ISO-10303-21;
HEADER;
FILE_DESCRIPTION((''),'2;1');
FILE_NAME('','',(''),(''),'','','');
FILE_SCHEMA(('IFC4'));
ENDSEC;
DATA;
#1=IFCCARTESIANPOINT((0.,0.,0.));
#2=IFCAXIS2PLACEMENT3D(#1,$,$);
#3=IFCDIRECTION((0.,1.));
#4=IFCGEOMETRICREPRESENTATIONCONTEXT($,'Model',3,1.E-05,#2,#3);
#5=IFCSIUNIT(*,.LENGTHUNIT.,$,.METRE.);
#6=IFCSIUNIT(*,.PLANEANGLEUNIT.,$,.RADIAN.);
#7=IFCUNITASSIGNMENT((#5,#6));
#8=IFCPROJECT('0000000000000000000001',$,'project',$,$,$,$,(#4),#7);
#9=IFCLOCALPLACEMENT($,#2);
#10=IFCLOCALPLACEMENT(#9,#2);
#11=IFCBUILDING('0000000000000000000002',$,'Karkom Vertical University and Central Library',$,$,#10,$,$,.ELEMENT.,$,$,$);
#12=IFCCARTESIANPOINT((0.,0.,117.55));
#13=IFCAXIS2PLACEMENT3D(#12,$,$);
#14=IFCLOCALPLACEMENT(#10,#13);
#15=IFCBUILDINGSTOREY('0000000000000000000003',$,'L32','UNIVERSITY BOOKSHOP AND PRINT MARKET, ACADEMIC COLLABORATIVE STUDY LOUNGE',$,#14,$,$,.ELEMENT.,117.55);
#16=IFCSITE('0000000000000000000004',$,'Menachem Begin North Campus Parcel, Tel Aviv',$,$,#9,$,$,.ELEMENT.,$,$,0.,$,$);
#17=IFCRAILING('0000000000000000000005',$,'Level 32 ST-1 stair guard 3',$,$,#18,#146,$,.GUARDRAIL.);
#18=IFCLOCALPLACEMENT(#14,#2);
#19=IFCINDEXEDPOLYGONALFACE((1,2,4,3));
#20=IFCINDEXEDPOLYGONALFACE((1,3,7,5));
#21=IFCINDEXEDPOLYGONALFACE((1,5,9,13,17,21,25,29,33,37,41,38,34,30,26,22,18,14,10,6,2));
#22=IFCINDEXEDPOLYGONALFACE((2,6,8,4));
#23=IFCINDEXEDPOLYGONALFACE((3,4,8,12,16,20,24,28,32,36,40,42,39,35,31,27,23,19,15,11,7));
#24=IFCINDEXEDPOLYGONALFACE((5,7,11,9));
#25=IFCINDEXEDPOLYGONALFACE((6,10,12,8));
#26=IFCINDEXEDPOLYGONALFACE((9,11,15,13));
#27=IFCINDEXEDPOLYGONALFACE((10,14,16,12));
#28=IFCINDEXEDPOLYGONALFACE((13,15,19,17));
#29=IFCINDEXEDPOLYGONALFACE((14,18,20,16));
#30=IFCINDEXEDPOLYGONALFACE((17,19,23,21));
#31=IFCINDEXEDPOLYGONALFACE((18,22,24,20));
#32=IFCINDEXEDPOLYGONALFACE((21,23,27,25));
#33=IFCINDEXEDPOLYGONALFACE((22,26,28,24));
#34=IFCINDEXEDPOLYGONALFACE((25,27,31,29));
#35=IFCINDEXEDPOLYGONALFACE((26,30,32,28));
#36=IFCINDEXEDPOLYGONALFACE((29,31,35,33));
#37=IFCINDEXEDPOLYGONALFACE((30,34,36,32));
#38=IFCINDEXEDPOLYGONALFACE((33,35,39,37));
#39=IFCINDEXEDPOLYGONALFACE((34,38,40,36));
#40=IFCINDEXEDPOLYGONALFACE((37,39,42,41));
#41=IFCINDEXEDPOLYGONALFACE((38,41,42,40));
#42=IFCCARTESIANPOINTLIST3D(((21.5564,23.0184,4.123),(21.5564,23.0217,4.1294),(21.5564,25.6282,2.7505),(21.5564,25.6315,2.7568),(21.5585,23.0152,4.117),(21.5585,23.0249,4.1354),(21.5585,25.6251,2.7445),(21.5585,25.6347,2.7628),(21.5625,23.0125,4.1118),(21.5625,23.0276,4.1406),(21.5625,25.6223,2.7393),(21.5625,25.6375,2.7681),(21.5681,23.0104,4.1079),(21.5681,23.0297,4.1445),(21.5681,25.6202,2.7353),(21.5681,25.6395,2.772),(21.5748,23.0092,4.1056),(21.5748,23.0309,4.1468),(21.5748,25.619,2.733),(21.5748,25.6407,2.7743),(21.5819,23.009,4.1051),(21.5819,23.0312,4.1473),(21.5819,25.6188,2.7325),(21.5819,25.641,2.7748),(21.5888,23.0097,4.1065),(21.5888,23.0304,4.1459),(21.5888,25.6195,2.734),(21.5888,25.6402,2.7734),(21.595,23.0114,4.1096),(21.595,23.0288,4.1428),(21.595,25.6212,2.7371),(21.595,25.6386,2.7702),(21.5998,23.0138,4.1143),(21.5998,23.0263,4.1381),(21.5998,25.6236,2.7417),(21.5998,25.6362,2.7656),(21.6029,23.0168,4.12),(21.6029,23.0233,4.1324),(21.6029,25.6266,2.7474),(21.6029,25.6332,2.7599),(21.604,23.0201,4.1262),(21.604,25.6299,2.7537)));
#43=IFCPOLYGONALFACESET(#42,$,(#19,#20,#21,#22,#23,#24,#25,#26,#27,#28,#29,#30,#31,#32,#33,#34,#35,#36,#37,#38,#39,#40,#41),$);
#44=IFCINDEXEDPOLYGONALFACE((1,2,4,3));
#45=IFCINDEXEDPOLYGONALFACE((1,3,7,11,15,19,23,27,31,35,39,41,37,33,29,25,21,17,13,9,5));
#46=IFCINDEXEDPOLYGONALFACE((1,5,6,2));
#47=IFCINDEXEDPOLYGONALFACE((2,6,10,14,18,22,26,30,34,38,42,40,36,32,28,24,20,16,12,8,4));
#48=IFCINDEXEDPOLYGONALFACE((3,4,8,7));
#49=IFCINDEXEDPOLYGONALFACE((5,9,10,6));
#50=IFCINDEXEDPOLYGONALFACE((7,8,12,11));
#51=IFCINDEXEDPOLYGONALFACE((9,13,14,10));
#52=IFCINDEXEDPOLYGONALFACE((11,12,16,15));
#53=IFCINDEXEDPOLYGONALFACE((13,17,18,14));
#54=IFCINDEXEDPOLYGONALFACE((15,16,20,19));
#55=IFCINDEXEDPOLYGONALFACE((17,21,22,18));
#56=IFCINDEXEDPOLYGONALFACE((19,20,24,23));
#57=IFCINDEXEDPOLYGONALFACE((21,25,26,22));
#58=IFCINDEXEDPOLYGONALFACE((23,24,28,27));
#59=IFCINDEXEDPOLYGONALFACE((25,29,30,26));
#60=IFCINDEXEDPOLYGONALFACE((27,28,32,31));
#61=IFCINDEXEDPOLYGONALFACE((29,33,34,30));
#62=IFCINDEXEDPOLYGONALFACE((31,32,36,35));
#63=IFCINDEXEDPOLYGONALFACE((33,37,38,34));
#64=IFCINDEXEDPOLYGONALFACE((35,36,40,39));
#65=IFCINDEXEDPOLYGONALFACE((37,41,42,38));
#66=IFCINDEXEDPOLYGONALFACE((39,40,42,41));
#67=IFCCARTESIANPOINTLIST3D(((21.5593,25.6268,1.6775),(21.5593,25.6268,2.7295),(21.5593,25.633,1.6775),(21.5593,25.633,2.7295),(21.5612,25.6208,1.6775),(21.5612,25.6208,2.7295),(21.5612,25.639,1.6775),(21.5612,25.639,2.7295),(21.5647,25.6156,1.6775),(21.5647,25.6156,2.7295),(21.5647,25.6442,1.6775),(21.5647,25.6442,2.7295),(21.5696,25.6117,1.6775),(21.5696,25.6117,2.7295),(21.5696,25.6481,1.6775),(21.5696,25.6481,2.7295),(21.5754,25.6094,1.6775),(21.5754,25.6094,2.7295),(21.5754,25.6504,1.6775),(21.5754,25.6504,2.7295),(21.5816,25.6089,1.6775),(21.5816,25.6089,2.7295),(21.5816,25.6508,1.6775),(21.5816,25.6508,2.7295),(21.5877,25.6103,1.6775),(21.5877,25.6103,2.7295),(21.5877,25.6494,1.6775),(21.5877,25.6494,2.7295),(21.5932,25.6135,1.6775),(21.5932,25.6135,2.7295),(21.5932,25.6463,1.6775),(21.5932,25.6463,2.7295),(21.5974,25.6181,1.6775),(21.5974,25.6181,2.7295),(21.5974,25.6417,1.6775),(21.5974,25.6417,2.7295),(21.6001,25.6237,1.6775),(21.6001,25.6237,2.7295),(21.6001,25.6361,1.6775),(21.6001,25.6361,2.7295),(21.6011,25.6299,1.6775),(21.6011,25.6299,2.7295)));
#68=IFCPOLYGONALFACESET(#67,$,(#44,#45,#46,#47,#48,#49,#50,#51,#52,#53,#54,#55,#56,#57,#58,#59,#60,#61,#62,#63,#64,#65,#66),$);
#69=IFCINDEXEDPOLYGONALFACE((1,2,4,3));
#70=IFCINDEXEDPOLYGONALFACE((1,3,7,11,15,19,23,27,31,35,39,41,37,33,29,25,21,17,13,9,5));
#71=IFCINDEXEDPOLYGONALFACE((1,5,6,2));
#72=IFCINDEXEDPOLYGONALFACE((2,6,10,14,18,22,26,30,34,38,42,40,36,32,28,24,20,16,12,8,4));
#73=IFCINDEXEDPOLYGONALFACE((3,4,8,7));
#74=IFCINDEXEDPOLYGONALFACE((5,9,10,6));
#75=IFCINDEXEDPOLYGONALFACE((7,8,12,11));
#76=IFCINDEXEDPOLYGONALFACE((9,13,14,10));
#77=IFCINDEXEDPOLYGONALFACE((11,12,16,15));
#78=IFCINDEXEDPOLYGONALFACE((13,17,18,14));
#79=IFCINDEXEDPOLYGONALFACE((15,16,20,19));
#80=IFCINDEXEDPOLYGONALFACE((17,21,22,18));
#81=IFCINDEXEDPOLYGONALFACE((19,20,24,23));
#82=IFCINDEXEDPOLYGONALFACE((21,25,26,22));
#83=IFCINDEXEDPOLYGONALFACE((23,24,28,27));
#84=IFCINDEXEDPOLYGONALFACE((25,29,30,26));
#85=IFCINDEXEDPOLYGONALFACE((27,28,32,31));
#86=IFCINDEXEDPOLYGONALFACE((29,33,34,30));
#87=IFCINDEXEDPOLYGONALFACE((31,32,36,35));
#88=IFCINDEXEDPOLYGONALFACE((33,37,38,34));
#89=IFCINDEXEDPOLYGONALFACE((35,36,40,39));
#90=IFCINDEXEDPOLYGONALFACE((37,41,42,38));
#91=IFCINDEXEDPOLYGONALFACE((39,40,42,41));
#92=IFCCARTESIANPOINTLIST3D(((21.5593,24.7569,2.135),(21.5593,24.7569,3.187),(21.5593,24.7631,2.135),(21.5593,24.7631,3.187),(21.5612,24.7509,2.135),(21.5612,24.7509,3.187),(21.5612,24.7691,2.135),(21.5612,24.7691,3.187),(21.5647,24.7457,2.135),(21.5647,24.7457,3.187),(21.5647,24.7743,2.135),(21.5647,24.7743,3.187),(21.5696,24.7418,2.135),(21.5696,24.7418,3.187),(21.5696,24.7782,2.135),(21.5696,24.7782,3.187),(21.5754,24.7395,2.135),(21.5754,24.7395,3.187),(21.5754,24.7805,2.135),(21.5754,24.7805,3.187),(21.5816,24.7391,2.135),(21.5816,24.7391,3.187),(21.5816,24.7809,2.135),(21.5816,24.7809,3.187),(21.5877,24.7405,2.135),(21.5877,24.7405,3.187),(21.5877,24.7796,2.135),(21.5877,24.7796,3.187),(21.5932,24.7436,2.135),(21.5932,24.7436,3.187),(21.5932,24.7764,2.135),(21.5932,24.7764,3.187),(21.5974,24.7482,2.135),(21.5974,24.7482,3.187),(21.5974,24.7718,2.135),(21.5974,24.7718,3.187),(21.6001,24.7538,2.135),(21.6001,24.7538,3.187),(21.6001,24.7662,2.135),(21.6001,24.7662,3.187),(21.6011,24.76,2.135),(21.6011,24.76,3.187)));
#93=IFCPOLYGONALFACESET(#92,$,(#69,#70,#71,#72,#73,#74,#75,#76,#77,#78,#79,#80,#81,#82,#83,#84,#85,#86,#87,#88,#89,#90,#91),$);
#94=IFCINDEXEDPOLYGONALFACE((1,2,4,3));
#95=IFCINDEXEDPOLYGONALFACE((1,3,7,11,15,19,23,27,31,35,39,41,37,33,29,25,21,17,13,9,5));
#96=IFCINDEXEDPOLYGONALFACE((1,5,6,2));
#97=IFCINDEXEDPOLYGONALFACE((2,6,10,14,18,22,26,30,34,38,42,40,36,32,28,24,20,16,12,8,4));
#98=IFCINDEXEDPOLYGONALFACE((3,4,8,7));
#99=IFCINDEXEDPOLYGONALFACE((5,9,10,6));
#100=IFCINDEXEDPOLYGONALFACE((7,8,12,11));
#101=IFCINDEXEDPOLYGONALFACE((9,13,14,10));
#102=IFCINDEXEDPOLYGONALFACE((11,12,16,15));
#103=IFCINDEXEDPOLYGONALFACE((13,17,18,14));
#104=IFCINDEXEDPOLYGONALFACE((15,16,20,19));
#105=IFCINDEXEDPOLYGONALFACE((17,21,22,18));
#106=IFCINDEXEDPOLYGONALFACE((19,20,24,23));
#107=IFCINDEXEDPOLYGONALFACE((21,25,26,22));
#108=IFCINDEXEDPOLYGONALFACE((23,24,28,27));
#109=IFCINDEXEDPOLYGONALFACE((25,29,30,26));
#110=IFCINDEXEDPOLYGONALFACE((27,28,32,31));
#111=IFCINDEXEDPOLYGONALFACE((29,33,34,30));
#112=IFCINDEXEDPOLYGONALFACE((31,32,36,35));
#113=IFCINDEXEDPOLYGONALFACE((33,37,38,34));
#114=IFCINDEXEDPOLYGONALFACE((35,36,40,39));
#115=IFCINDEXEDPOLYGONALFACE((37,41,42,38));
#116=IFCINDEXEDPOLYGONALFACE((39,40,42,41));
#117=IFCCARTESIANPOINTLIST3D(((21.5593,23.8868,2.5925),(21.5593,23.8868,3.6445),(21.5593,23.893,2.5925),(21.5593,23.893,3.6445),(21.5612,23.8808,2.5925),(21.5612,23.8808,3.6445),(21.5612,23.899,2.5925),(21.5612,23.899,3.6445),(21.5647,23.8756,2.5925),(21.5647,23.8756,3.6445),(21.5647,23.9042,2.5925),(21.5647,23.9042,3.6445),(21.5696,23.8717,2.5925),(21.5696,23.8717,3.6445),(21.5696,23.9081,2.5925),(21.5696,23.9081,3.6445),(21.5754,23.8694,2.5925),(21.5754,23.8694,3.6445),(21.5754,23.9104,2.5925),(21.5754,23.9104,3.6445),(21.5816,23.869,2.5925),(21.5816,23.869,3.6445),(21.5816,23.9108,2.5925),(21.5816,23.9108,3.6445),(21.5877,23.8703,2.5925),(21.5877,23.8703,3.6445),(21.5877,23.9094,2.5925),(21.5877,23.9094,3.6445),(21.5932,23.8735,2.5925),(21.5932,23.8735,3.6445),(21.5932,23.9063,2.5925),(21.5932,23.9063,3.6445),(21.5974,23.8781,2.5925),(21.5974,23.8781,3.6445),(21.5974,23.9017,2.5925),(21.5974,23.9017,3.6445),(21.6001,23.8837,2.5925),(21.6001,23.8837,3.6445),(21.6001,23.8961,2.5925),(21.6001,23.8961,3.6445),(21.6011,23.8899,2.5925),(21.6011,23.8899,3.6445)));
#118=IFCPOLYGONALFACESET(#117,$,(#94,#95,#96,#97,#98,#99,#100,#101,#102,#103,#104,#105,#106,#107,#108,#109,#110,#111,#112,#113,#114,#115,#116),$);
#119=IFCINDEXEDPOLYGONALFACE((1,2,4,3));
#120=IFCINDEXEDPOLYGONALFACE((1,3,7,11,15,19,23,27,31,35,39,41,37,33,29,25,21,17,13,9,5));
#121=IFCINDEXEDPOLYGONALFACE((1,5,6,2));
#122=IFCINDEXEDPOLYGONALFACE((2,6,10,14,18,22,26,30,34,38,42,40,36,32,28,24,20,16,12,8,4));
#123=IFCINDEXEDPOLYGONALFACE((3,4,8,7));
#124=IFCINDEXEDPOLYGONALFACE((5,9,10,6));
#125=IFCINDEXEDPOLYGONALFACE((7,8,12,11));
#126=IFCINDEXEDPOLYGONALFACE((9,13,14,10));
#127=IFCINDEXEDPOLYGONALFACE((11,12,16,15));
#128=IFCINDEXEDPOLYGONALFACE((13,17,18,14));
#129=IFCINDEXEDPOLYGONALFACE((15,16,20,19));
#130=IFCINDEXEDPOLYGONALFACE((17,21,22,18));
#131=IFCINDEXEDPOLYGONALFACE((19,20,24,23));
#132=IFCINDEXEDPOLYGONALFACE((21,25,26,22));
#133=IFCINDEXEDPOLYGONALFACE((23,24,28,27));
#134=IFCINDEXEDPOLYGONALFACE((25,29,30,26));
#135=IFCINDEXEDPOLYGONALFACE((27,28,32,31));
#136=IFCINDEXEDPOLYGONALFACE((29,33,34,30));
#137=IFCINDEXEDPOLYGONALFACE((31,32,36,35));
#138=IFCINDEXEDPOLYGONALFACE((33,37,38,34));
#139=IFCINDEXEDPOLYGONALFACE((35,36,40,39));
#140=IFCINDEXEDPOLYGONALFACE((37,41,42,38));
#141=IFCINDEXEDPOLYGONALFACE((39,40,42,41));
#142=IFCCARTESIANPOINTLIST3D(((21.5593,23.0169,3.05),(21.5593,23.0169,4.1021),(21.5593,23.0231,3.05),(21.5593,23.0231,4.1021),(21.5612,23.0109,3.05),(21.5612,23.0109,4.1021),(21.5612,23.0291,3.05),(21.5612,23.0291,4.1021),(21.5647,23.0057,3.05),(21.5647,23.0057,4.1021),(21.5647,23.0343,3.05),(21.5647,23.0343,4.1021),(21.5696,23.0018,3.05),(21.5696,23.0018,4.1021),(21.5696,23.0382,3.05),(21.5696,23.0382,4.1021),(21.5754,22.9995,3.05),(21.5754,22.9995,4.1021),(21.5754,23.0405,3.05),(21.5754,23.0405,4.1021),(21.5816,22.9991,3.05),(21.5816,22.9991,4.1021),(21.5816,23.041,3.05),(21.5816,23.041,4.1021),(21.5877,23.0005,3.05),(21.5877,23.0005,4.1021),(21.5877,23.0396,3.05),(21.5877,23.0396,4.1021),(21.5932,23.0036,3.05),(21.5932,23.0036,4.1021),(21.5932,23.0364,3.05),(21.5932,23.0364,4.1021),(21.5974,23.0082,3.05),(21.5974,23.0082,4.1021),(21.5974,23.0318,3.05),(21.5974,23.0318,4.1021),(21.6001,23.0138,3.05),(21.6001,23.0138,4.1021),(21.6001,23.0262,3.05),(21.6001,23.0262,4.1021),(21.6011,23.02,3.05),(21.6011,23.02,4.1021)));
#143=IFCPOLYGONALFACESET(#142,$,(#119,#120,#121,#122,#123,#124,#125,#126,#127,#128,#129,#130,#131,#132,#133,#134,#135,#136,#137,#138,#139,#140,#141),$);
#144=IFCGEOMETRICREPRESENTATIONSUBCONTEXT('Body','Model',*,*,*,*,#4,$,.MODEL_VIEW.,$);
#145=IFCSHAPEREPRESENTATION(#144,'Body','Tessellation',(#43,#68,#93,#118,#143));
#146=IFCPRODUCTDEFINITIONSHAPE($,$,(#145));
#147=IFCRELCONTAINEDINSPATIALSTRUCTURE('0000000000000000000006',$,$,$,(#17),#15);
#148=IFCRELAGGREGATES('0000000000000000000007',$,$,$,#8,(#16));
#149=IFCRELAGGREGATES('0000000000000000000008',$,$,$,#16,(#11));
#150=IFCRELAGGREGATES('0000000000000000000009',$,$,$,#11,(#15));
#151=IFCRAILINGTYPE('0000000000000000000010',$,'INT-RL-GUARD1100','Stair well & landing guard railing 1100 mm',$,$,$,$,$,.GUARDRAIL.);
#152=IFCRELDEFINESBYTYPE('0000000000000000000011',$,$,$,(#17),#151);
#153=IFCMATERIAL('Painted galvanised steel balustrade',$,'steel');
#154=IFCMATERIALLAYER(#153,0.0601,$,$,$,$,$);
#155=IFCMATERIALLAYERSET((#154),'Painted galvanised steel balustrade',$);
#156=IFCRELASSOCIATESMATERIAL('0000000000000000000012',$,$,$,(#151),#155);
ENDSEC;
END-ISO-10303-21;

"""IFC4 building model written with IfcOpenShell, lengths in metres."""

from ifc_helpers import new_model, si_unit, direction, frame, origin, origin_2d, place, context, subcontext, project, spatial, circle, extrude, material, layer, layer_set, type_object, element, save


model = new_model("IFC4")

# Units and contexts
model_context = context("Model", 3, precision=1e-05, world=origin(), true_north=direction((0.0, 1.0)))
body_context = subcontext(model_context, "Body", "Model", "MODEL_VIEW")
ifc_project = project(units=[si_unit("LENGTHUNIT", "METRE"), si_unit("PLANEANGLEUNIT", "RADIAN")], contexts=[model_context])

# Site, building, storey
site_placement = place(None, origin())
site = spatial("IfcSite", under=ifc_project, at=site_placement, Name="Menachem Begin North Campus Parcel, Tel Aviv", CompositionType="ELEMENT", RefElevation=0.0)
building_placement = place(site_placement, origin())
building = spatial("IfcBuilding", under=site, at=building_placement, Name="Karkom Vertical University and Central Library", CompositionType="ELEMENT")
storey_placement = place(building_placement, frame((0.0, 0.0, 117.55)))
storey = spatial("IfcBuildingStorey", under=building, at=storey_placement, Name="L32", Description="UNIVERSITY BOOKSHOP AND PRINT MARKET, ACADEMIC COLLABORATIVE STUDY LOUNGE", CompositionType="ELEMENT", Elevation=117.55)

# Railing
ifc_material_1 = material(Name="Painted galvanised steel balustrade", Category="steel")
ifc_layer_1 = layer(ifc_material_1, 0.0601)
ifc_layer_set_1 = layer_set([ifc_layer_1], Name="Painted galvanised steel balustrade")
railing_type_1 = type_object("IfcRailingType", Name="INT-RL-GUARD1100", Description="Stair well & landing guard railing 1100 mm", PredefinedType="GUARDRAIL", material=ifc_layer_set_1)
railing_1_placement = place(storey_placement, frame((21.5801, 25.6299, 1.6775)))
element("IfcRailing", 1, at=railing_1_placement, inside=storey, type_object=railing_type_1, Name="Level 32 ST-1 stair guard 3", PredefinedType="GUARDRAIL", context=body_context, shape_type="SweptSolid", body=[
    extrude(circle(Radius=0.0239, at=origin_2d()), frame((0.0, 0.0, 1.0762), z_axis=(0.0, -0.885065, 0.465467), x_axis=(1.0, 0.0, 0.0)), (0.0, 0.0, 1.0), 2.9487),
    extrude(circle(Radius=0.021, at=origin_2d()), origin(), (0.0, 0.0, 1.0), 1.052),
    extrude(circle(Radius=0.021, at=origin_2d()), frame((0.0, -0.8699, 0.4575)), (0.0, 0.0, 1.0), 1.052),
    extrude(circle(Radius=0.021, at=origin_2d()), frame((0.0, -1.74, 0.915)), (0.0, 0.0, 1.0), 1.052),
    extrude(circle(Radius=0.021, at=origin_2d()), frame((0.0, -2.6099, 1.3726)), (0.0, 0.0, 1.0), 1.052),
])

save(model, "model.ifc")
